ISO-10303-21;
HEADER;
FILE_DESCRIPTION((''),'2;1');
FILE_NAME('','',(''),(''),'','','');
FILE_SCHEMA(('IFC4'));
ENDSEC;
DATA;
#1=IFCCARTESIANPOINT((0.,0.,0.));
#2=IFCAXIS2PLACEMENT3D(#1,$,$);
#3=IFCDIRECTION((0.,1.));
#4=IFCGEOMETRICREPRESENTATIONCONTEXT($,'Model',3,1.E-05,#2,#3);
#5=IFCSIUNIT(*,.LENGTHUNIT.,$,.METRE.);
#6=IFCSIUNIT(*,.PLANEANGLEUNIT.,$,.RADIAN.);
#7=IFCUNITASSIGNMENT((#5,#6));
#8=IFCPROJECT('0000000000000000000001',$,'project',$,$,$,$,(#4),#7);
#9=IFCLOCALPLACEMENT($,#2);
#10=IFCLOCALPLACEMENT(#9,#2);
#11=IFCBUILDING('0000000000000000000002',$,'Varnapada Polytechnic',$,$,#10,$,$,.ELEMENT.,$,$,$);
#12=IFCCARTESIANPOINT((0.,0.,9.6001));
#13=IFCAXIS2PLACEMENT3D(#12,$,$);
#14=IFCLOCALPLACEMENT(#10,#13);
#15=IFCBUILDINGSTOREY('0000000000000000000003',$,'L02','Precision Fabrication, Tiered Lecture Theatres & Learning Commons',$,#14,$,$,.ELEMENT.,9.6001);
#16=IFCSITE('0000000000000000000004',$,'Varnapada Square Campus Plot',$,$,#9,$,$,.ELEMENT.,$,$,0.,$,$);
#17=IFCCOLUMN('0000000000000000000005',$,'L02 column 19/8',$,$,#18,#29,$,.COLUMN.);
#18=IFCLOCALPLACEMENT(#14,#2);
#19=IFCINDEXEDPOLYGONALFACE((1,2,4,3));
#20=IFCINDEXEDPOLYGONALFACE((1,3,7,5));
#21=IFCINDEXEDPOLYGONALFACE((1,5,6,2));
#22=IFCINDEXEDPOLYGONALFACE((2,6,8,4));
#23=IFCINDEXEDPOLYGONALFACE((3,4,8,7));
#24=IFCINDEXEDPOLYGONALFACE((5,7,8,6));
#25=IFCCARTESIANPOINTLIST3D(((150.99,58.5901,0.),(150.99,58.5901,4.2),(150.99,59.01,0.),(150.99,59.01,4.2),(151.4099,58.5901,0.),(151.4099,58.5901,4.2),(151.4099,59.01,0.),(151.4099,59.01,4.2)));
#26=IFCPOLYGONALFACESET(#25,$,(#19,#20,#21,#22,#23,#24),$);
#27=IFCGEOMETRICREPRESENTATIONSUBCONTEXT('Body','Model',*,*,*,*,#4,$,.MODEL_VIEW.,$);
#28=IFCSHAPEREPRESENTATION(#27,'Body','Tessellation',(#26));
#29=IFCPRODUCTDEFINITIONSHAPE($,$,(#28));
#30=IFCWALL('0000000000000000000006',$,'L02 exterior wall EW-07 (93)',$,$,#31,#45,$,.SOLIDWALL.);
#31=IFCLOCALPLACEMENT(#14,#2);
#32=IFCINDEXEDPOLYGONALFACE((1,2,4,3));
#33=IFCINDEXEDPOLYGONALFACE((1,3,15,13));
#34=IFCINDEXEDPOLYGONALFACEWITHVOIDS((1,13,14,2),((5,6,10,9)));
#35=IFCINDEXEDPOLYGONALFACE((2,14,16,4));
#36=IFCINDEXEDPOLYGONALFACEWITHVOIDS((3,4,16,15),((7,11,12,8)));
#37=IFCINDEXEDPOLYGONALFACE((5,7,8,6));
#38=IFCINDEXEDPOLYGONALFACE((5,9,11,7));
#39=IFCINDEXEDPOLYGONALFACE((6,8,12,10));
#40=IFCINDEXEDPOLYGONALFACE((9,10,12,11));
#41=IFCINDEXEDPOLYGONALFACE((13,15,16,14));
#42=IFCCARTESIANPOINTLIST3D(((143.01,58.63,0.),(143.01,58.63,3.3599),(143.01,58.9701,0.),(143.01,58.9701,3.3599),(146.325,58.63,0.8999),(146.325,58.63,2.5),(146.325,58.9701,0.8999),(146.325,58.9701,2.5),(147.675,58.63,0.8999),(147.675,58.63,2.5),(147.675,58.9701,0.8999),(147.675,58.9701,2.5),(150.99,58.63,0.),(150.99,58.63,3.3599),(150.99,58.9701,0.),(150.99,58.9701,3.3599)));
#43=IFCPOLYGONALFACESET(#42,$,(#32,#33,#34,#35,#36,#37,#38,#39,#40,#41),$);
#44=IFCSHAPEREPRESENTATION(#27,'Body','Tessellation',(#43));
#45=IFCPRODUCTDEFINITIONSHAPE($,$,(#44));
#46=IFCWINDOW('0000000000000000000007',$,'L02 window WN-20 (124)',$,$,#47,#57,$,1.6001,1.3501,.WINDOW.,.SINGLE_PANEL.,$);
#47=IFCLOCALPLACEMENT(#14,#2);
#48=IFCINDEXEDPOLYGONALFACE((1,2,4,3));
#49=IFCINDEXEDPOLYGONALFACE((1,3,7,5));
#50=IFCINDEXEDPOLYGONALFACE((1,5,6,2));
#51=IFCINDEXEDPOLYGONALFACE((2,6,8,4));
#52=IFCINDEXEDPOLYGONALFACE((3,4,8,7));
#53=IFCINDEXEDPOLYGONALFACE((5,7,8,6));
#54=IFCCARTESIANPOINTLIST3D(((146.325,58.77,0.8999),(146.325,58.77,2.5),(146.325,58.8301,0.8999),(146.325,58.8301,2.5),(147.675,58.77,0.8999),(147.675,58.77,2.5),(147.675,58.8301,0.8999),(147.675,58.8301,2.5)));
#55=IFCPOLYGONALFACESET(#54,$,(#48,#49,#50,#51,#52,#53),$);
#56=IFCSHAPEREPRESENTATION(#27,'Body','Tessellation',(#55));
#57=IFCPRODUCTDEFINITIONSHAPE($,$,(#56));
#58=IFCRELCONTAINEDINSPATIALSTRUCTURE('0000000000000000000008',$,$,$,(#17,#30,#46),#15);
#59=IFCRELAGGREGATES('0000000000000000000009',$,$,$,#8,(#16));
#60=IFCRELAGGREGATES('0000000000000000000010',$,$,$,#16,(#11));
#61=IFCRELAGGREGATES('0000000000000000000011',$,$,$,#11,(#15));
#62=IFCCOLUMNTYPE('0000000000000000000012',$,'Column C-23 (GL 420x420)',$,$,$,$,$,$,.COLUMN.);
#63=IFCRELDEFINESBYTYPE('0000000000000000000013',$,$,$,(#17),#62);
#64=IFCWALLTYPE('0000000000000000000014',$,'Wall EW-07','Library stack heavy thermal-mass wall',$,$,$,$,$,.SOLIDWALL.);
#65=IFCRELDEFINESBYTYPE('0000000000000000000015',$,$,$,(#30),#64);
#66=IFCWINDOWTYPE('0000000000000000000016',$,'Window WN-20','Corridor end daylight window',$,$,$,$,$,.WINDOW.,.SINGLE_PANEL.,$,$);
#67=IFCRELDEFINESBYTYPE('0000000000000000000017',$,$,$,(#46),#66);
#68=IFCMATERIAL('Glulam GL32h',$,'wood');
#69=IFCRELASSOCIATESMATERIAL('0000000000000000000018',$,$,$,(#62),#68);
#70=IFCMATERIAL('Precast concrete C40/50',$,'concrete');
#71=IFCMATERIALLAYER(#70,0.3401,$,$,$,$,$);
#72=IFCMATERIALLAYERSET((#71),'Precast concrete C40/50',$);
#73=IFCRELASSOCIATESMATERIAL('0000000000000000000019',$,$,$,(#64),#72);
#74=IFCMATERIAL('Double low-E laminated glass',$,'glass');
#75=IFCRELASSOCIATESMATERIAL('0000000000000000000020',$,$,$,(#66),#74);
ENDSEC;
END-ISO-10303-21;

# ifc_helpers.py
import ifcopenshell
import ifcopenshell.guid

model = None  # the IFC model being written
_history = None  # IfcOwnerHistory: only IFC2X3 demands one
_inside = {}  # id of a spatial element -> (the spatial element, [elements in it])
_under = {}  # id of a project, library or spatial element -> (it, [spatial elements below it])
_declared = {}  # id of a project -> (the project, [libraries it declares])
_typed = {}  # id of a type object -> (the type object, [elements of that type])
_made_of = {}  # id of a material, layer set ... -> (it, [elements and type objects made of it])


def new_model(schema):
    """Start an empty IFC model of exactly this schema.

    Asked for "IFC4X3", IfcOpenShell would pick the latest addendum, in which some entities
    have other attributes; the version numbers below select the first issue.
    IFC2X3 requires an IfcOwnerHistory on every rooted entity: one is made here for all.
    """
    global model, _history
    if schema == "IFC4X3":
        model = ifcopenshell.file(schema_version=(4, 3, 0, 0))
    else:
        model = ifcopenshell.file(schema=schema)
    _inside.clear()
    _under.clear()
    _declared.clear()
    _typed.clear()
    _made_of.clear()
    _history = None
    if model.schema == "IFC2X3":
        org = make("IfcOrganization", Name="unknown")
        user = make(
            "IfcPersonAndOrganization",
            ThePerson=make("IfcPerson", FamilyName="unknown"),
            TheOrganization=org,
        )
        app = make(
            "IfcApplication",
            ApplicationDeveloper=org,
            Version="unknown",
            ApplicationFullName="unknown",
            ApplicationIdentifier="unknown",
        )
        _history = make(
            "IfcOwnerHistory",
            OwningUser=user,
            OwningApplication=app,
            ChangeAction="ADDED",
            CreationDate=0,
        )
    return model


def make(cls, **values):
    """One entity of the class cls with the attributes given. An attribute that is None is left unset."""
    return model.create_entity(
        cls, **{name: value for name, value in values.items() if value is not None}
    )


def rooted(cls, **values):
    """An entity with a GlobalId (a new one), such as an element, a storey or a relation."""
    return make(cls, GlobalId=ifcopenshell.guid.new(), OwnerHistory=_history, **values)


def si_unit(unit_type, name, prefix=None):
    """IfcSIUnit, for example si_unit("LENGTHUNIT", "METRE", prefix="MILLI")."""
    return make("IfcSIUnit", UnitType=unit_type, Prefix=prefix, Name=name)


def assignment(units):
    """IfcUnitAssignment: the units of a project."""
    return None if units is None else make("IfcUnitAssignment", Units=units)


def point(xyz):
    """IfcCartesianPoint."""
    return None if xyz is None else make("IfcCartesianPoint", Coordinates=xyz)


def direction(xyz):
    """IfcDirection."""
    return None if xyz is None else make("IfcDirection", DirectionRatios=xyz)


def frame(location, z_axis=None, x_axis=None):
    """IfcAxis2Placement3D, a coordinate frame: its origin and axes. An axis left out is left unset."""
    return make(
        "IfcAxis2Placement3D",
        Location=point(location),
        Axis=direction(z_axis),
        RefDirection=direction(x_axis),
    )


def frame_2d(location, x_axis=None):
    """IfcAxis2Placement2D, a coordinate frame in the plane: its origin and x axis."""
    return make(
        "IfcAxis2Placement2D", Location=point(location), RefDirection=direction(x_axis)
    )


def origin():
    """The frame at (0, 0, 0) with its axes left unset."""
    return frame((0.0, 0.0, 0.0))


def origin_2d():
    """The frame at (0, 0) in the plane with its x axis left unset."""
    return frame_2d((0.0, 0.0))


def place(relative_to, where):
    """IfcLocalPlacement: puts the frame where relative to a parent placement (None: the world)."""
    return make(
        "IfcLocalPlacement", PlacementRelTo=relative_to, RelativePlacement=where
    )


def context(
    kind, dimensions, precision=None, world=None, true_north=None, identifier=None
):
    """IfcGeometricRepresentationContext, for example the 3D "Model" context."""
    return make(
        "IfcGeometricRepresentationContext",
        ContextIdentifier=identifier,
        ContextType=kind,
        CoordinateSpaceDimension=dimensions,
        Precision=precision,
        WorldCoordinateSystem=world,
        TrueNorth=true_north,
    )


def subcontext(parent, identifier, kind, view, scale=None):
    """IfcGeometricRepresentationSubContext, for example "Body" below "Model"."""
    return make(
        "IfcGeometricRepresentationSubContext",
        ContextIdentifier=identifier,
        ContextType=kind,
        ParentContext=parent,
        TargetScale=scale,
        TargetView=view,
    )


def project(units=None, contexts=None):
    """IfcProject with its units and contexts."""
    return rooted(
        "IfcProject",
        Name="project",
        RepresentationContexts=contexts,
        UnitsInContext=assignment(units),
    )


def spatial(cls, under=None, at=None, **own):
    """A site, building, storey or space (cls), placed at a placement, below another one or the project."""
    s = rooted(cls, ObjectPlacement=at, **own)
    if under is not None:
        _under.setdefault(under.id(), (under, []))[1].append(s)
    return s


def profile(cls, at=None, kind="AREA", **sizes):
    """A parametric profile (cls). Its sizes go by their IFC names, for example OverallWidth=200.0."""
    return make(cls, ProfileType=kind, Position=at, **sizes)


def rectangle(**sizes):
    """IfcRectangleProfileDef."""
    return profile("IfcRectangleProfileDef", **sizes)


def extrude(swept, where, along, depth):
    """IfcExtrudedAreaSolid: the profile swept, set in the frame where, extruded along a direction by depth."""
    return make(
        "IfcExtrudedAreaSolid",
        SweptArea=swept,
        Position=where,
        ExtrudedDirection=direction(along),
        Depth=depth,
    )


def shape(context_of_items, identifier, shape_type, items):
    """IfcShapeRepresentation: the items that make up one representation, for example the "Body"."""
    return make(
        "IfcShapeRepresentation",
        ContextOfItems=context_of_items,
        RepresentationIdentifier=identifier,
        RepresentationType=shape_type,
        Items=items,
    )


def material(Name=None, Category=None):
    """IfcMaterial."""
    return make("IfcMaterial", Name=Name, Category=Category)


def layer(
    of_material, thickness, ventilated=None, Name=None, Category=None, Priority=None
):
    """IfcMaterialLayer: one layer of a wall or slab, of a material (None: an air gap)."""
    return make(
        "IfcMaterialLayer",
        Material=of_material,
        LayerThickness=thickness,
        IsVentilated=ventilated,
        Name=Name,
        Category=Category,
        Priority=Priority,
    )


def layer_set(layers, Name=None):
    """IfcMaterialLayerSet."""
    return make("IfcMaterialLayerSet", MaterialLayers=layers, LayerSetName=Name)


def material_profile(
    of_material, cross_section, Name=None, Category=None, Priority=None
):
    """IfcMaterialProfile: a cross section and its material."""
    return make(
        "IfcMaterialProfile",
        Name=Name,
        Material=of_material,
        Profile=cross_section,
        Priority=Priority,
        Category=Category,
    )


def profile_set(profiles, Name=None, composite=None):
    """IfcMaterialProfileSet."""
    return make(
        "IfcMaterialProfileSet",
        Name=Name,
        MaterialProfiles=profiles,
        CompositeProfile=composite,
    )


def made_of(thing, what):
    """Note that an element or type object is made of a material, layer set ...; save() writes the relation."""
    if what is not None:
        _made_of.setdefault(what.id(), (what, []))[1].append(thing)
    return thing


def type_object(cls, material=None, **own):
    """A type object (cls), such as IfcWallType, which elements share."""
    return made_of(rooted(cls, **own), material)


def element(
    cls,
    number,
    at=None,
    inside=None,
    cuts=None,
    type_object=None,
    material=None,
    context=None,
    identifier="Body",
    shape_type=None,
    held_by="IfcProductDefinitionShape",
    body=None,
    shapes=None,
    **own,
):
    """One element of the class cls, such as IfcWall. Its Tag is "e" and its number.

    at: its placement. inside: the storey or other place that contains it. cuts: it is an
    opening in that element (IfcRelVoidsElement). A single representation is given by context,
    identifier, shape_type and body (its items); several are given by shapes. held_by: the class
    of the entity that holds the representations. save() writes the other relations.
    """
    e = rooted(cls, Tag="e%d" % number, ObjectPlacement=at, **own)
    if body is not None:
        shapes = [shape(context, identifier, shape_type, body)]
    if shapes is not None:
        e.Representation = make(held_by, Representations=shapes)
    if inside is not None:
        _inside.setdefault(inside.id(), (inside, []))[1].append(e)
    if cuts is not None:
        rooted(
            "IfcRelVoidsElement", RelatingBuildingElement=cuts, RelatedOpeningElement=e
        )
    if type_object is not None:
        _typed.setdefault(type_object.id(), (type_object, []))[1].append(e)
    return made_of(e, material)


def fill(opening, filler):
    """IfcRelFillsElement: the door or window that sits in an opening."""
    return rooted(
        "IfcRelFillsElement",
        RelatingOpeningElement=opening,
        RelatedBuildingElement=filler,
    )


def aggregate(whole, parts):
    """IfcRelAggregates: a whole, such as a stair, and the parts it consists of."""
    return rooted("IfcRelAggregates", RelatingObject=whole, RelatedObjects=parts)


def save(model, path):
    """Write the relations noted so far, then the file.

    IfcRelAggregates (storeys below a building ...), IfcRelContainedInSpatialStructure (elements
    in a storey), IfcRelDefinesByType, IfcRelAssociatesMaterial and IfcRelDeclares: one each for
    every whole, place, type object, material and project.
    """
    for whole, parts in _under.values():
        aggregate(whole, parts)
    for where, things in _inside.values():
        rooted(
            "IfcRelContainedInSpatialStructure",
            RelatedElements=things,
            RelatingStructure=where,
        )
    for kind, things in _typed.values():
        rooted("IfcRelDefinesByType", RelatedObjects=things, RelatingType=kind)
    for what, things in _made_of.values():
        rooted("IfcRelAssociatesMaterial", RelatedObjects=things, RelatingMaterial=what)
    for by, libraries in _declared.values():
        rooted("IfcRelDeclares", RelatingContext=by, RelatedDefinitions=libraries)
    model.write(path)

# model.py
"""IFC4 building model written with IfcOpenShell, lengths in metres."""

from ifc_helpers import new_model, si_unit, direction, frame, frame_2d, origin, origin_2d, place, context, subcontext, project, spatial, rectangle, extrude, material, layer, layer_set, material_profile, profile_set, type_object, element, fill, save


model = new_model("IFC4")

# Units and contexts
model_context = context("Model", 3, precision=1e-05, world=origin(), true_north=direction((0.0, 1.0)))
body_context = subcontext(model_context, "Body", "Model", "MODEL_VIEW")
ifc_project = project(units=[si_unit("LENGTHUNIT", "METRE"), si_unit("PLANEANGLEUNIT", "RADIAN")], contexts=[model_context])

# Site, building, storey
site_placement = place(None, origin())
site = spatial("IfcSite", under=ifc_project, at=site_placement, Name="Varnapada Square Campus Plot", CompositionType="ELEMENT", RefElevation=0.0)
building_placement = place(site_placement, origin())
building = spatial("IfcBuilding", under=site, at=building_placement, Name="Varnapada Polytechnic", CompositionType="ELEMENT")
storey_placement = place(building_placement, frame((0.0, 0.0, 9.6001)))
storey = spatial("IfcBuildingStorey", under=building, at=storey_placement, Name="L02", Description="Precision Fabrication, Tiered Lecture Theatres & Learning Commons", CompositionType="ELEMENT", Elevation=9.6001)

# Column
ifc_material_1 = material(Name="Glulam GL32h", Category="wood")
ifc_material_profile = material_profile(ifc_material_1, rectangle(XDim=0.4199, YDim=0.4199, at=origin_2d()), Name="GL 420x420")
ifc_profile_set = profile_set([ifc_material_profile], Name="Glulam GL32h")
column_type = type_object("IfcColumnType", Name="Column C-23 (GL 420x420)", PredefinedType="COLUMN", material=ifc_profile_set)
column_placement = place(storey_placement, frame((151.2, 58.8, 0.0), z_axis=(0.0, 0.0, 1.0), x_axis=(1.0, 0.0, 0.0)))
element("IfcColumn", 1, at=column_placement, inside=storey, type_object=column_type, Name="L02 column 19/8", PredefinedType="COLUMN", context=body_context, shape_type="SweptSolid", body=[
    extrude(rectangle(XDim=0.4199, YDim=0.4199, at=origin_2d()), origin(), (0.0, 0.0, 1.0), 4.2),
])

# Wall, opening, window
ifc_material_2 = material(Name="Precast concrete C40/50", Category="concrete")
ifc_layer_1 = layer(ifc_material_2, 0.3401)
ifc_layer_set_1 = layer_set([ifc_layer_1], Name="Precast concrete C40/50")
wall_type = type_object("IfcWallType", Name="Wall EW-07", Description="Library stack heavy thermal-mass wall", PredefinedType="SOLIDWALL", material=ifc_layer_set_1)
wall_placement = place(storey_placement, frame((150.99, 58.8, 0.0), z_axis=(0.0, 0.0, 1.0), x_axis=(-1.0, 0.0, 0.0)))
wall = element("IfcWall", 2, at=wall_placement, inside=storey, type_object=wall_type, Name="L02 exterior wall EW-07 (93)", PredefinedType="SOLIDWALL", context=body_context, shape_type="SweptSolid", body=[
    extrude(rectangle(XDim=7.98, YDim=0.3401, at=frame_2d((3.99, 0.0))), origin(), (0.0, 0.0, 1.0), 3.3599),
])
opening_1_placement = place(wall_placement, frame((3.3149, 0.0, 0.8999)))
opening_1 = element("IfcOpeningElement", 3, at=opening_1_placement, cuts=wall, PredefinedType="OPENING", context=body_context, shape_type="SweptSolid", body=[
    extrude(rectangle(XDim=1.3501, YDim=1.6001, at=frame_2d((0.675, 0.8))), frame((0.0, 0.1799, 0.0), z_axis=(0.0, -1.0, 0.0), x_axis=(1.0, 0.0, 0.0)), (0.0, 0.0, 1.0), 0.3601),
])
ifc_material_3 = material(Name="Double low-E laminated glass", Category="glass")
window_type = type_object("IfcWindowType", Name="Window WN-20", Description="Corridor end daylight window", PartitioningType="SINGLE_PANEL", PredefinedType="WINDOW", material=ifc_material_3)
window_placement = place(opening_1_placement, origin())
window = element("IfcWindow", 4, at=window_placement, inside=storey, type_object=window_type, Name="L02 window WN-20 (124)", OverallHeight=1.6001, OverallWidth=1.3501, PartitioningType="SINGLE_PANEL", PredefinedType="WINDOW", context=body_context, shape_type="SweptSolid", body=[
    extrude(rectangle(XDim=1.3501, YDim=1.6001, at=frame_2d((0.675, 0.8))), frame((0.0, 0.03, 0.0), z_axis=(0.0, -1.0, 0.0), x_axis=(1.0, 0.0, 0.0)), (0.0, 0.0, 1.0), 0.0601),
])
fill(opening_1, window)

save(model, "model.ifc")
